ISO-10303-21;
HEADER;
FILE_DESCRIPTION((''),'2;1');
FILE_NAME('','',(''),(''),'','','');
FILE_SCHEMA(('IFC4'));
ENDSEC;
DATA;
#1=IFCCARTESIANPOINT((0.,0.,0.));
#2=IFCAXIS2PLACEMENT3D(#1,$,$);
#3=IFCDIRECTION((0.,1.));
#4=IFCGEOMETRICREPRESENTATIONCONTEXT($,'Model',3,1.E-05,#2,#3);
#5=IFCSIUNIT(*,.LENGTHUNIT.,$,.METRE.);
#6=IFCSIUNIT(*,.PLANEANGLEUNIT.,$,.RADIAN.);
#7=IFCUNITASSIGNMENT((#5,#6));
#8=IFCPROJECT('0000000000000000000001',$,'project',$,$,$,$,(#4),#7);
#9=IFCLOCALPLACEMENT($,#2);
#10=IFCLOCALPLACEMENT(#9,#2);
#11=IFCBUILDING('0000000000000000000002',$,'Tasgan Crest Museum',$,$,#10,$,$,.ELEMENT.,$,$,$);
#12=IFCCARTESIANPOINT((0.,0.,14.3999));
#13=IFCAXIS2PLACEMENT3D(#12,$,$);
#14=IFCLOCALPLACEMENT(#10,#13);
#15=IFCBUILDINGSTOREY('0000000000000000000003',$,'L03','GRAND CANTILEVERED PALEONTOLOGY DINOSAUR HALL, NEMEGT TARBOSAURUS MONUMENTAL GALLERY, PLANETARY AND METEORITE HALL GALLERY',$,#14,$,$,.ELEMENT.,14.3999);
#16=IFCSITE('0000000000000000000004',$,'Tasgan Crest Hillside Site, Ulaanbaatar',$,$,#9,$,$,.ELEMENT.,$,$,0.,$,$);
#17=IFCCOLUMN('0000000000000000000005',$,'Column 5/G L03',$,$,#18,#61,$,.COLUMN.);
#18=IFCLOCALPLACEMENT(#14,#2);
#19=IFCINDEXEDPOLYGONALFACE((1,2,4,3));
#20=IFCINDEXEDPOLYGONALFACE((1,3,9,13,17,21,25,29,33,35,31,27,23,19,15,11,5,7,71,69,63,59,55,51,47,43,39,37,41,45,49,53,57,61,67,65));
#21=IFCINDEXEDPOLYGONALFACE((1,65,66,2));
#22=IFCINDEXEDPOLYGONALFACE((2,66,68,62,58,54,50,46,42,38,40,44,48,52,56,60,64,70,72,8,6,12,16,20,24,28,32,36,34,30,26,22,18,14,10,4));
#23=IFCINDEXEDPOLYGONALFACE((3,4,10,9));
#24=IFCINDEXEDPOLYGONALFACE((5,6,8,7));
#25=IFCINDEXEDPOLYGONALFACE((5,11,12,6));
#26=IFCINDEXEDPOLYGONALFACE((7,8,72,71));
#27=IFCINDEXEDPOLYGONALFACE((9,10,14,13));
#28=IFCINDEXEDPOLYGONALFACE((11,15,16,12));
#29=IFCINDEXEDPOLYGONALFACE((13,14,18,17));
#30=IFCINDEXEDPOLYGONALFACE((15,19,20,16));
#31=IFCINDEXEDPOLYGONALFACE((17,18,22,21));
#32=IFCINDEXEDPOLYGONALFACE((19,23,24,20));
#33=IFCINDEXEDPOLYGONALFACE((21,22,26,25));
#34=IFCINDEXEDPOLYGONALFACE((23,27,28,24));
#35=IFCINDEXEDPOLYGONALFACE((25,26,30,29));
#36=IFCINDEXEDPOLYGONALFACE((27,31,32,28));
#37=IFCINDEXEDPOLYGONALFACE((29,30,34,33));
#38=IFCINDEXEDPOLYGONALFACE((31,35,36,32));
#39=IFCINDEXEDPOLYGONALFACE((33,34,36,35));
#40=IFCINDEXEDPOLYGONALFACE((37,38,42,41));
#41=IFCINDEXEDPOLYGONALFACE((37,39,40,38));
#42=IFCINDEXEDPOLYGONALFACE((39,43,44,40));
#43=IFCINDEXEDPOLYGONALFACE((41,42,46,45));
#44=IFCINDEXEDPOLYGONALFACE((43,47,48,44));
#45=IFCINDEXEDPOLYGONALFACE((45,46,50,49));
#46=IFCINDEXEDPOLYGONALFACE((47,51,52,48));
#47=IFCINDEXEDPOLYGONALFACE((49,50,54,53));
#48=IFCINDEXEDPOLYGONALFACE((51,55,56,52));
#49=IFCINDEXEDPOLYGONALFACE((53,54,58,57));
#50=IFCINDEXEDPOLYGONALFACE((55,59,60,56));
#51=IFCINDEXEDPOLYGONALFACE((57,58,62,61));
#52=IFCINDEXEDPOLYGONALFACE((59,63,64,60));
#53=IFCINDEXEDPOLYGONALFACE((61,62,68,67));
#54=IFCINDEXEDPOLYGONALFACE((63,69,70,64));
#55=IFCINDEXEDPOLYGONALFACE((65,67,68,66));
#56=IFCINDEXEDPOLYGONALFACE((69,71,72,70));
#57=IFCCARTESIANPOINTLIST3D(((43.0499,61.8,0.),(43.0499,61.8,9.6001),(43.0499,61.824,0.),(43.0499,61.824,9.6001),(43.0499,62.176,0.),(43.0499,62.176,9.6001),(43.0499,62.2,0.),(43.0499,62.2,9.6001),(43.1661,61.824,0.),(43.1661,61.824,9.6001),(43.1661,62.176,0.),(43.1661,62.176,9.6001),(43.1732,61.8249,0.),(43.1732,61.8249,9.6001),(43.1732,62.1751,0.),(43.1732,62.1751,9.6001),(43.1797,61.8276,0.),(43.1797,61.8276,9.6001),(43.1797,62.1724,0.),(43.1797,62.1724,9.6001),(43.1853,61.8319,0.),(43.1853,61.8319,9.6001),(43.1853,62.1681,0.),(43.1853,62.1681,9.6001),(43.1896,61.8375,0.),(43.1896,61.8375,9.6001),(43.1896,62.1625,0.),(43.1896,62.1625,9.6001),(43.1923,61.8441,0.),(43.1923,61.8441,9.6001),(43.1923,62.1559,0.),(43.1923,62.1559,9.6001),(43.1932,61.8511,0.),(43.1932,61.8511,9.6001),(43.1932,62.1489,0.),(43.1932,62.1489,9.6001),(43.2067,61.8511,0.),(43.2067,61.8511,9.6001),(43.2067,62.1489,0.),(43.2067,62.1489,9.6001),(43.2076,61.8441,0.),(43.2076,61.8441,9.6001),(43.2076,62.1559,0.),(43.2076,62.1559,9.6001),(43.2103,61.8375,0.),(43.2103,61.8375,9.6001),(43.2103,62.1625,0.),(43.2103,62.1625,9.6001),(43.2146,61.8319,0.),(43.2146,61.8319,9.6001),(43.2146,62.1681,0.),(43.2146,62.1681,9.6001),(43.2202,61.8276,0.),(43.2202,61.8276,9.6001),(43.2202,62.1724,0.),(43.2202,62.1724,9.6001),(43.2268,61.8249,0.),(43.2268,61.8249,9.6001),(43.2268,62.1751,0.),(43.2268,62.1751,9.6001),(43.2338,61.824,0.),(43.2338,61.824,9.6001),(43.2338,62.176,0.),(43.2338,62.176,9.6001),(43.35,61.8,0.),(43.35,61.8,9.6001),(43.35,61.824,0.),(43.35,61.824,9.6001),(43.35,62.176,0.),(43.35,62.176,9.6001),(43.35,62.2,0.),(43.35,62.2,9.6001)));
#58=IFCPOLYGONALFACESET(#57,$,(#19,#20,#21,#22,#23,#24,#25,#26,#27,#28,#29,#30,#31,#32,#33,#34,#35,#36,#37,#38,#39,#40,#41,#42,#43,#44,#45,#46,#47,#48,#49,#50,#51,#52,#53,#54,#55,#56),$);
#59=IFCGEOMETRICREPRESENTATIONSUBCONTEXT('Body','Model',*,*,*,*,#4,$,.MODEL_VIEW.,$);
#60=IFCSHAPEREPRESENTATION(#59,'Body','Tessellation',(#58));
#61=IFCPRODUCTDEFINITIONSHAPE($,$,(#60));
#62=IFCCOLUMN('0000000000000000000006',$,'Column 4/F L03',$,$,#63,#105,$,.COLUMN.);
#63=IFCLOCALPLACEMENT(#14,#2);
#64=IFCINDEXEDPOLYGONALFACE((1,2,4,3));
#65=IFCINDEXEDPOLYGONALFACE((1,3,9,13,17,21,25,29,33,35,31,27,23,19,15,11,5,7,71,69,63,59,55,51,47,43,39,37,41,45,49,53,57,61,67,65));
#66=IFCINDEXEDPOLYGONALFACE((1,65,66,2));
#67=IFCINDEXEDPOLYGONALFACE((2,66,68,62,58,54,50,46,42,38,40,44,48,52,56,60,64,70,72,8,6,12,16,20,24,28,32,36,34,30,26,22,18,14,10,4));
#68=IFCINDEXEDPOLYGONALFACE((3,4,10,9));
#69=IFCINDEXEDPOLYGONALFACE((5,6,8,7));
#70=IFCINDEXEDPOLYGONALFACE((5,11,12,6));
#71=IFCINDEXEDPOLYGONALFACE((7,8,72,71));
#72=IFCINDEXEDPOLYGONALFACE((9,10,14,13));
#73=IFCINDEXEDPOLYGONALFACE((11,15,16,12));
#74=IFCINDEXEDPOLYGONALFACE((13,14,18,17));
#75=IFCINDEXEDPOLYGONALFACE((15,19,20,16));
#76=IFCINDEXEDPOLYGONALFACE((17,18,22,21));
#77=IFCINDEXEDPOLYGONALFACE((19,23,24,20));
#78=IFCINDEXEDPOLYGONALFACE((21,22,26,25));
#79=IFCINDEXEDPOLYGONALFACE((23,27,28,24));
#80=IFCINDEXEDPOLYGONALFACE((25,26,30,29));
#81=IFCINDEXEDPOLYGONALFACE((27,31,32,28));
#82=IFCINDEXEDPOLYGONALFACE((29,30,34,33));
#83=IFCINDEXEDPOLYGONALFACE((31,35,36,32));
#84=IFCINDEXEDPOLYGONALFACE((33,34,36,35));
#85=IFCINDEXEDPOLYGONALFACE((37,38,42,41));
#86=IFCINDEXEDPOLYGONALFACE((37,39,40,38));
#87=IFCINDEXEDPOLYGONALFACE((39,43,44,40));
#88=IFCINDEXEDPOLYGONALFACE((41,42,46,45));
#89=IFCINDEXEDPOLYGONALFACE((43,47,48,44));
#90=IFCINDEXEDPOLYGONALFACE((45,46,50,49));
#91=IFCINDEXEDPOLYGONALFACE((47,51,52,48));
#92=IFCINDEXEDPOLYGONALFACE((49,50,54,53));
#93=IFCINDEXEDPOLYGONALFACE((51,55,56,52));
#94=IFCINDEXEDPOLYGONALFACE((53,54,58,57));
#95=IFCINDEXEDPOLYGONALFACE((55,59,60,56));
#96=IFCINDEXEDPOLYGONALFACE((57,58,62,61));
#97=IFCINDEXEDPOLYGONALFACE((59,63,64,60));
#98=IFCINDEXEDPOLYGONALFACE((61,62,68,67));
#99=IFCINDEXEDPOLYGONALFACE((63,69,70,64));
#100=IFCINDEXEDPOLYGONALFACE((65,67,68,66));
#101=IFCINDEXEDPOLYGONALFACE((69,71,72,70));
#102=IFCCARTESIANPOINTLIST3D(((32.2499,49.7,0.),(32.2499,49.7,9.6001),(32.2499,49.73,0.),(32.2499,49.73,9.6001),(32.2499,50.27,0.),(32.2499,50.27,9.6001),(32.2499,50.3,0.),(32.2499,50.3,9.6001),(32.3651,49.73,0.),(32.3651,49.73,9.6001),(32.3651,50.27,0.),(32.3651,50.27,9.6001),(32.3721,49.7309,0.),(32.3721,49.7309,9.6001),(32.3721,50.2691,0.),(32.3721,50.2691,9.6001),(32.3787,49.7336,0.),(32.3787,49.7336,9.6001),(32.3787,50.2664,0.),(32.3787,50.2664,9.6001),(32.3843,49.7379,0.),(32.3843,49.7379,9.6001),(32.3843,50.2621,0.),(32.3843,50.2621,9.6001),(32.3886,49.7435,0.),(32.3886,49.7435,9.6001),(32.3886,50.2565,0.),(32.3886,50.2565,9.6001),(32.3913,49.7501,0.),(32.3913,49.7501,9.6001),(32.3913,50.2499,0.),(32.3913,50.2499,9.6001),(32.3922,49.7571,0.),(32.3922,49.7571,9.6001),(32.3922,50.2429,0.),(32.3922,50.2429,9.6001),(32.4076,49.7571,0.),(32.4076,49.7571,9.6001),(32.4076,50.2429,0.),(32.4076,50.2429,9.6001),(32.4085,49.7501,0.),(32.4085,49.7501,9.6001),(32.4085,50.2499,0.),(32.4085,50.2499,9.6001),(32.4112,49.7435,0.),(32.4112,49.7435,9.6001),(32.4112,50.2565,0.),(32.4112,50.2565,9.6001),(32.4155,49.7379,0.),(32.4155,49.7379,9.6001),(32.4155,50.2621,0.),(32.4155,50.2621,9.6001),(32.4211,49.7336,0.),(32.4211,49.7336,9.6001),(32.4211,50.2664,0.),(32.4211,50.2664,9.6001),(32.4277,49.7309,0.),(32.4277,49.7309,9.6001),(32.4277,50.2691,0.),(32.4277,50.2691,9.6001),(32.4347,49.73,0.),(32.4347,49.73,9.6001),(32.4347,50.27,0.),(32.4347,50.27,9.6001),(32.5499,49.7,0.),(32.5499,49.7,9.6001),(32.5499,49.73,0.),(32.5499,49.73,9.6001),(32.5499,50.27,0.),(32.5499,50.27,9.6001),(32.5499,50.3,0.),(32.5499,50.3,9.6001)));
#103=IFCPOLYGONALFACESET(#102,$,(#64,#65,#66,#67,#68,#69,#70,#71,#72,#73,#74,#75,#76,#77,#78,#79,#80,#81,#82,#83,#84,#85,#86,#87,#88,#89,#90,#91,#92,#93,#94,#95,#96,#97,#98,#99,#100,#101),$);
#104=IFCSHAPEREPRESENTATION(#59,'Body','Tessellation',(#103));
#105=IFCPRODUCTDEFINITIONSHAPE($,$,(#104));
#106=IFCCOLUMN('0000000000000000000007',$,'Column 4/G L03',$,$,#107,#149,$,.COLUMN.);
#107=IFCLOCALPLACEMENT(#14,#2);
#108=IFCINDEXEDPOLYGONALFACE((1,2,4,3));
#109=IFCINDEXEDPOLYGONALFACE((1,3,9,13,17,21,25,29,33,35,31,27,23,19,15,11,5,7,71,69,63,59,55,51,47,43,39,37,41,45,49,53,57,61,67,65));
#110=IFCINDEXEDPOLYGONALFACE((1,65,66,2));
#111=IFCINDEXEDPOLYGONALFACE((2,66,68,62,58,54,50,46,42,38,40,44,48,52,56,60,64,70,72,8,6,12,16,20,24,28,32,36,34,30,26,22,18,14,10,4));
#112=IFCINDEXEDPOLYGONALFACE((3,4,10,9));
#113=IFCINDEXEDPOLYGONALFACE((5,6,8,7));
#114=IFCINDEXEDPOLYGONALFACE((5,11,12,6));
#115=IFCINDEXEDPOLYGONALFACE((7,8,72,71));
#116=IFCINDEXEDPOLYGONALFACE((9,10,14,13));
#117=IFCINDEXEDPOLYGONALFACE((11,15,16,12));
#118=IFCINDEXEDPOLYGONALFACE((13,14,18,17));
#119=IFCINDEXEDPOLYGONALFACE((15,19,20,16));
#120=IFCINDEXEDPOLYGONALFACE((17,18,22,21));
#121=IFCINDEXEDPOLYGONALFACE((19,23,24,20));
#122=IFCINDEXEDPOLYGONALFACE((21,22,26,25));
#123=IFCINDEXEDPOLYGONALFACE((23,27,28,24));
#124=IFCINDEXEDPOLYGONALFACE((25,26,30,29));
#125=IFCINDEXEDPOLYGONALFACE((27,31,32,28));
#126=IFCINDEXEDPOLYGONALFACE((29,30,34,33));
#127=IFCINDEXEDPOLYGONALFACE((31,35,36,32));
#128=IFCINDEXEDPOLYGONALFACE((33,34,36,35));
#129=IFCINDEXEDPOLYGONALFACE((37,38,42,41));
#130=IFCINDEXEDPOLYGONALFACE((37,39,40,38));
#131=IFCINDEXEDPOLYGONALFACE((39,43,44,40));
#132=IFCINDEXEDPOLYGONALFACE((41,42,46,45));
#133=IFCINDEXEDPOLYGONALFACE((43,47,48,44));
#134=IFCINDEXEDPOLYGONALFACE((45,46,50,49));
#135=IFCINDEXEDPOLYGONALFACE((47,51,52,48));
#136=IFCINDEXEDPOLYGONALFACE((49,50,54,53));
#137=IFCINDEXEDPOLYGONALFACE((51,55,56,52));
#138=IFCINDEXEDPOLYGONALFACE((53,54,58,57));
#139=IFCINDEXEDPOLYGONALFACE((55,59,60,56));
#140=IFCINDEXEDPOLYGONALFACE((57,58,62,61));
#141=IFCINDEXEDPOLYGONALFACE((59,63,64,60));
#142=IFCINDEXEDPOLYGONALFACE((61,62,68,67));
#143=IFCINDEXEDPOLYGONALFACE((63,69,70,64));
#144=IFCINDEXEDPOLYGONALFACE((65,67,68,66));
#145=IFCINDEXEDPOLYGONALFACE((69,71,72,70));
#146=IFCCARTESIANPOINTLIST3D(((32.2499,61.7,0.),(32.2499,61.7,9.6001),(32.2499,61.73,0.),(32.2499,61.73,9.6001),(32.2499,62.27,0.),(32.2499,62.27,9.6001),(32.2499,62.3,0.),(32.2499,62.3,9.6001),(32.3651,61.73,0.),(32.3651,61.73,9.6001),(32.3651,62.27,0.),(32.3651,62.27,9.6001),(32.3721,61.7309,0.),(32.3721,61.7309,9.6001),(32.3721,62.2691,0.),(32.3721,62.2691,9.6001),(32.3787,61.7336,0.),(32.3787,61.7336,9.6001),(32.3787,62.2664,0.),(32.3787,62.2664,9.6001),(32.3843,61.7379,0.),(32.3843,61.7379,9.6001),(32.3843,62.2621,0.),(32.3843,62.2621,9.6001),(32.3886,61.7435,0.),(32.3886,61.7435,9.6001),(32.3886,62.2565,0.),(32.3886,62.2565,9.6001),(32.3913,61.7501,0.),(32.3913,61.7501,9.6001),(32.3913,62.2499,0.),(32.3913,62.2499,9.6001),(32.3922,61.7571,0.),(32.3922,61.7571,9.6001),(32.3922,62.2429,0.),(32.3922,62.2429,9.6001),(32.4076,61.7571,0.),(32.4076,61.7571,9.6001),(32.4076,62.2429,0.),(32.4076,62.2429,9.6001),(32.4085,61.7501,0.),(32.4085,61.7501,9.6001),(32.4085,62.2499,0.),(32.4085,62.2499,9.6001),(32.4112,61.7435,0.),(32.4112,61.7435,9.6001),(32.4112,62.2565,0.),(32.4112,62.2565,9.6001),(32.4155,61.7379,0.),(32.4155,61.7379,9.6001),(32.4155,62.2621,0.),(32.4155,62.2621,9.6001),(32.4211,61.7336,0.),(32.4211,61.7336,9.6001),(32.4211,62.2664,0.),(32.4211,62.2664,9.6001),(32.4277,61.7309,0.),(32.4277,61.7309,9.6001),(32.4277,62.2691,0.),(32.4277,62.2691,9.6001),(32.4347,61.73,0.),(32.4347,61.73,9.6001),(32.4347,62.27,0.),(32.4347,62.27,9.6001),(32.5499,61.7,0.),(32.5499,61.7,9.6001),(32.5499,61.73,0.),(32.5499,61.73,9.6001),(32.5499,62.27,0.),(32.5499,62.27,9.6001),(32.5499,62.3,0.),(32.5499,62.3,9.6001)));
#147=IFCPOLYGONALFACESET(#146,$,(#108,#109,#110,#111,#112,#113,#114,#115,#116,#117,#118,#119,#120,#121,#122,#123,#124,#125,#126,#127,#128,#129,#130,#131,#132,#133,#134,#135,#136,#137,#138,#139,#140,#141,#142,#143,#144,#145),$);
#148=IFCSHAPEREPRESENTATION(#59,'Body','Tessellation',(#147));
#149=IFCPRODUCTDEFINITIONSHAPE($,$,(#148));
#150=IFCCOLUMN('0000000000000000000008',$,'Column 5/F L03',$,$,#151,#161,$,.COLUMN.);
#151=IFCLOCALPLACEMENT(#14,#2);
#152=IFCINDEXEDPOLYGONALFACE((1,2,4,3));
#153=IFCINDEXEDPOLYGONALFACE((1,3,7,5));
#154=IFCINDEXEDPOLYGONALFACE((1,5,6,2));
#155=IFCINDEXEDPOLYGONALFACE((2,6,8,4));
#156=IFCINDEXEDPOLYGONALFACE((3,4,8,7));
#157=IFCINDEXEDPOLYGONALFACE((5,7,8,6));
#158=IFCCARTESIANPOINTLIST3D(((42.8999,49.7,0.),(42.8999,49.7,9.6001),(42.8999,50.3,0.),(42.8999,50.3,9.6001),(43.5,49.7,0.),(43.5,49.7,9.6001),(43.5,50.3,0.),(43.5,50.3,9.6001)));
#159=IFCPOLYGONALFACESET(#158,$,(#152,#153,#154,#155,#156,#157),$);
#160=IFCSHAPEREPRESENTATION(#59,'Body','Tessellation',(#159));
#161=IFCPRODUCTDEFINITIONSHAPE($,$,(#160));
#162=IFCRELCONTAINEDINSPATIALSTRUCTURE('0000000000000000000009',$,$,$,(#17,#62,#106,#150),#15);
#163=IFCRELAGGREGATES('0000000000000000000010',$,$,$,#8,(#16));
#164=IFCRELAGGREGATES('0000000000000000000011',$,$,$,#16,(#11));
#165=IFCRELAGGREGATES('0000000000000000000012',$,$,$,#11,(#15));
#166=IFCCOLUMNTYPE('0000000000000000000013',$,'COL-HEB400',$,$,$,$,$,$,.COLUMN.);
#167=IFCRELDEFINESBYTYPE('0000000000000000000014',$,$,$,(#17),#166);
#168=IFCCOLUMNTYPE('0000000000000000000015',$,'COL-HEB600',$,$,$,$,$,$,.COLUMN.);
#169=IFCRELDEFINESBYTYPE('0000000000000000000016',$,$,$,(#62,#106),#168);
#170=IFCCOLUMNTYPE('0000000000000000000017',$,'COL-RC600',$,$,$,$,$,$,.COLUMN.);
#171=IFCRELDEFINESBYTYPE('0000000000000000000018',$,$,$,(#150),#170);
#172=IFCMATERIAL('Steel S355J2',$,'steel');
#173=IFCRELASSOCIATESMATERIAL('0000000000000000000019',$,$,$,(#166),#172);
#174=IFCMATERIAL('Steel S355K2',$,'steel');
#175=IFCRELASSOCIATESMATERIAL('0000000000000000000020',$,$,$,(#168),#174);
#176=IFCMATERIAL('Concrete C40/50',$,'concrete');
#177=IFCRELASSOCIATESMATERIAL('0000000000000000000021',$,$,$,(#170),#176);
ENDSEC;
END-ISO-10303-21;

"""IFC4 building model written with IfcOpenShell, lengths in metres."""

from ifc_helpers import new_model, si_unit, direction, frame, origin, origin_2d, place, context, subcontext, project, spatial, rectangle, i_section, extrude, material, material_profile, profile_set, type_object, element, save


model = new_model("IFC4")

# Units and contexts
model_context = context("Model", 3, precision=1e-05, world=origin(), true_north=direction((0.0, 1.0)))
body_context = subcontext(model_context, "Body", "Model", "MODEL_VIEW")
ifc_project = project(units=[si_unit("LENGTHUNIT", "METRE"), si_unit("PLANEANGLEUNIT", "RADIAN")], contexts=[model_context])

# Site, building, storey
site_placement = place(None, origin())
site = spatial("IfcSite", under=ifc_project, at=site_placement, Name="Tasgan Crest Hillside Site, Ulaanbaatar", CompositionType="ELEMENT", RefElevation=0.0)
building_placement = place(site_placement, origin())
building = spatial("IfcBuilding", under=site, at=building_placement, Name="Tasgan Crest Museum", CompositionType="ELEMENT")
storey_placement = place(building_placement, frame((0.0, 0.0, 14.3999)))
storey = spatial("IfcBuildingStorey", under=building, at=storey_placement, Name="L03", Description="GRAND CANTILEVERED PALEONTOLOGY DINOSAUR HALL, NEMEGT TARBOSAURUS MONUMENTAL GALLERY, PLANETARY AND METEORITE HALL GALLERY", CompositionType="ELEMENT", Elevation=14.3999)

# Columns
ifc_material_1 = material(Name="Steel S355J2", Category="steel")
ifc_material_profile_1 = material_profile(ifc_material_1, i_section(OverallWidth=0.3, OverallDepth=0.3999, WebThickness=0.0134, FlangeThickness=0.0239, FilletRadius=0.0271, at=origin_2d()), Name="HEB 400")
ifc_profile_set_1 = profile_set([ifc_material_profile_1], Name="Steel S355J2")
column_type_1 = type_object("IfcColumnType", Name="COL-HEB400", PredefinedType="COLUMN", material=ifc_profile_set_1)
column_1_placement = place(storey_placement, frame((43.2, 62.0, 0.0), z_axis=(0.0, 0.0, 1.0), x_axis=(1.0, 0.0, 0.0)))
element("IfcColumn", 1, at=column_1_placement, inside=storey, type_object=column_type_1, Name="Column 5/G L03", PredefinedType="COLUMN", context=body_context, shape_type="SweptSolid", body=[
    extrude(i_section(OverallWidth=0.3, OverallDepth=0.3999, WebThickness=0.0134, FlangeThickness=0.0239, FilletRadius=0.0271, at=origin_2d()), origin(), (0.0, 0.0, 1.0), 9.6001),
])
ifc_material_2 = material(Name="Steel S355K2", Category="steel")
ifc_material_profile_2 = material_profile(ifc_material_2, i_section(OverallWidth=0.3, OverallDepth=0.6001, WebThickness=0.0154, FlangeThickness=0.03, FilletRadius=0.0271, at=origin_2d()), Name="HEB 600")
ifc_profile_set_2 = profile_set([ifc_material_profile_2], Name="Steel S355K2")
column_type_2 = type_object("IfcColumnType", Name="COL-HEB600", PredefinedType="COLUMN", material=ifc_profile_set_2)
for number, where, z_axis, x_axis, name in (
    (2, (32.3999, 50.0, 0.0), (0.0, 0.0, 1.0), (1.0, 0.0, 0.0), "Column 4/F L03"),
    (3, (32.3999, 62.0, 0.0), (0.0, 0.0, 1.0), (1.0, 0.0, 0.0), "Column 4/G L03"),
):
    element("IfcColumn", number, at=place(storey_placement, frame(where, z_axis=z_axis, x_axis=x_axis)), inside=storey, type_object=column_type_2, Name=name, PredefinedType="COLUMN", context=body_context, shape_type="SweptSolid", body=[
        extrude(i_section(OverallWidth=0.3, OverallDepth=0.6001, WebThickness=0.0154, FlangeThickness=0.03, FilletRadius=0.0271, at=origin_2d()), origin(), (0.0, 0.0, 1.0), 9.6001),
    ])
ifc_material_3 = material(Name="Concrete C40/50", Category="concrete")
ifc_material_profile_3 = material_profile(ifc_material_3, rectangle(XDim=0.6001, YDim=0.6001, at=origin_2d()), Name="RC 600x600")
ifc_profile_set_3 = profile_set([ifc_material_profile_3], Name="Concrete C40/50")
column_type_3 = type_object("IfcColumnType", Name="COL-RC600", PredefinedType="COLUMN", material=ifc_profile_set_3)
column_2_placement = place(storey_placement, frame((43.2, 50.0, 0.0), z_axis=(0.0, 0.0, 1.0), x_axis=(1.0, 0.0, 0.0)))
element("IfcColumn", 4, at=column_2_placement, inside=storey, type_object=column_type_3, Name="Column 5/F L03", PredefinedType="COLUMN", context=body_context, shape_type="SweptSolid", body=[
    extrude(rectangle(XDim=0.6001, YDim=0.6001, at=origin_2d()), origin(), (0.0, 0.0, 1.0), 9.6001),
])

save(model, "model.ifc")
